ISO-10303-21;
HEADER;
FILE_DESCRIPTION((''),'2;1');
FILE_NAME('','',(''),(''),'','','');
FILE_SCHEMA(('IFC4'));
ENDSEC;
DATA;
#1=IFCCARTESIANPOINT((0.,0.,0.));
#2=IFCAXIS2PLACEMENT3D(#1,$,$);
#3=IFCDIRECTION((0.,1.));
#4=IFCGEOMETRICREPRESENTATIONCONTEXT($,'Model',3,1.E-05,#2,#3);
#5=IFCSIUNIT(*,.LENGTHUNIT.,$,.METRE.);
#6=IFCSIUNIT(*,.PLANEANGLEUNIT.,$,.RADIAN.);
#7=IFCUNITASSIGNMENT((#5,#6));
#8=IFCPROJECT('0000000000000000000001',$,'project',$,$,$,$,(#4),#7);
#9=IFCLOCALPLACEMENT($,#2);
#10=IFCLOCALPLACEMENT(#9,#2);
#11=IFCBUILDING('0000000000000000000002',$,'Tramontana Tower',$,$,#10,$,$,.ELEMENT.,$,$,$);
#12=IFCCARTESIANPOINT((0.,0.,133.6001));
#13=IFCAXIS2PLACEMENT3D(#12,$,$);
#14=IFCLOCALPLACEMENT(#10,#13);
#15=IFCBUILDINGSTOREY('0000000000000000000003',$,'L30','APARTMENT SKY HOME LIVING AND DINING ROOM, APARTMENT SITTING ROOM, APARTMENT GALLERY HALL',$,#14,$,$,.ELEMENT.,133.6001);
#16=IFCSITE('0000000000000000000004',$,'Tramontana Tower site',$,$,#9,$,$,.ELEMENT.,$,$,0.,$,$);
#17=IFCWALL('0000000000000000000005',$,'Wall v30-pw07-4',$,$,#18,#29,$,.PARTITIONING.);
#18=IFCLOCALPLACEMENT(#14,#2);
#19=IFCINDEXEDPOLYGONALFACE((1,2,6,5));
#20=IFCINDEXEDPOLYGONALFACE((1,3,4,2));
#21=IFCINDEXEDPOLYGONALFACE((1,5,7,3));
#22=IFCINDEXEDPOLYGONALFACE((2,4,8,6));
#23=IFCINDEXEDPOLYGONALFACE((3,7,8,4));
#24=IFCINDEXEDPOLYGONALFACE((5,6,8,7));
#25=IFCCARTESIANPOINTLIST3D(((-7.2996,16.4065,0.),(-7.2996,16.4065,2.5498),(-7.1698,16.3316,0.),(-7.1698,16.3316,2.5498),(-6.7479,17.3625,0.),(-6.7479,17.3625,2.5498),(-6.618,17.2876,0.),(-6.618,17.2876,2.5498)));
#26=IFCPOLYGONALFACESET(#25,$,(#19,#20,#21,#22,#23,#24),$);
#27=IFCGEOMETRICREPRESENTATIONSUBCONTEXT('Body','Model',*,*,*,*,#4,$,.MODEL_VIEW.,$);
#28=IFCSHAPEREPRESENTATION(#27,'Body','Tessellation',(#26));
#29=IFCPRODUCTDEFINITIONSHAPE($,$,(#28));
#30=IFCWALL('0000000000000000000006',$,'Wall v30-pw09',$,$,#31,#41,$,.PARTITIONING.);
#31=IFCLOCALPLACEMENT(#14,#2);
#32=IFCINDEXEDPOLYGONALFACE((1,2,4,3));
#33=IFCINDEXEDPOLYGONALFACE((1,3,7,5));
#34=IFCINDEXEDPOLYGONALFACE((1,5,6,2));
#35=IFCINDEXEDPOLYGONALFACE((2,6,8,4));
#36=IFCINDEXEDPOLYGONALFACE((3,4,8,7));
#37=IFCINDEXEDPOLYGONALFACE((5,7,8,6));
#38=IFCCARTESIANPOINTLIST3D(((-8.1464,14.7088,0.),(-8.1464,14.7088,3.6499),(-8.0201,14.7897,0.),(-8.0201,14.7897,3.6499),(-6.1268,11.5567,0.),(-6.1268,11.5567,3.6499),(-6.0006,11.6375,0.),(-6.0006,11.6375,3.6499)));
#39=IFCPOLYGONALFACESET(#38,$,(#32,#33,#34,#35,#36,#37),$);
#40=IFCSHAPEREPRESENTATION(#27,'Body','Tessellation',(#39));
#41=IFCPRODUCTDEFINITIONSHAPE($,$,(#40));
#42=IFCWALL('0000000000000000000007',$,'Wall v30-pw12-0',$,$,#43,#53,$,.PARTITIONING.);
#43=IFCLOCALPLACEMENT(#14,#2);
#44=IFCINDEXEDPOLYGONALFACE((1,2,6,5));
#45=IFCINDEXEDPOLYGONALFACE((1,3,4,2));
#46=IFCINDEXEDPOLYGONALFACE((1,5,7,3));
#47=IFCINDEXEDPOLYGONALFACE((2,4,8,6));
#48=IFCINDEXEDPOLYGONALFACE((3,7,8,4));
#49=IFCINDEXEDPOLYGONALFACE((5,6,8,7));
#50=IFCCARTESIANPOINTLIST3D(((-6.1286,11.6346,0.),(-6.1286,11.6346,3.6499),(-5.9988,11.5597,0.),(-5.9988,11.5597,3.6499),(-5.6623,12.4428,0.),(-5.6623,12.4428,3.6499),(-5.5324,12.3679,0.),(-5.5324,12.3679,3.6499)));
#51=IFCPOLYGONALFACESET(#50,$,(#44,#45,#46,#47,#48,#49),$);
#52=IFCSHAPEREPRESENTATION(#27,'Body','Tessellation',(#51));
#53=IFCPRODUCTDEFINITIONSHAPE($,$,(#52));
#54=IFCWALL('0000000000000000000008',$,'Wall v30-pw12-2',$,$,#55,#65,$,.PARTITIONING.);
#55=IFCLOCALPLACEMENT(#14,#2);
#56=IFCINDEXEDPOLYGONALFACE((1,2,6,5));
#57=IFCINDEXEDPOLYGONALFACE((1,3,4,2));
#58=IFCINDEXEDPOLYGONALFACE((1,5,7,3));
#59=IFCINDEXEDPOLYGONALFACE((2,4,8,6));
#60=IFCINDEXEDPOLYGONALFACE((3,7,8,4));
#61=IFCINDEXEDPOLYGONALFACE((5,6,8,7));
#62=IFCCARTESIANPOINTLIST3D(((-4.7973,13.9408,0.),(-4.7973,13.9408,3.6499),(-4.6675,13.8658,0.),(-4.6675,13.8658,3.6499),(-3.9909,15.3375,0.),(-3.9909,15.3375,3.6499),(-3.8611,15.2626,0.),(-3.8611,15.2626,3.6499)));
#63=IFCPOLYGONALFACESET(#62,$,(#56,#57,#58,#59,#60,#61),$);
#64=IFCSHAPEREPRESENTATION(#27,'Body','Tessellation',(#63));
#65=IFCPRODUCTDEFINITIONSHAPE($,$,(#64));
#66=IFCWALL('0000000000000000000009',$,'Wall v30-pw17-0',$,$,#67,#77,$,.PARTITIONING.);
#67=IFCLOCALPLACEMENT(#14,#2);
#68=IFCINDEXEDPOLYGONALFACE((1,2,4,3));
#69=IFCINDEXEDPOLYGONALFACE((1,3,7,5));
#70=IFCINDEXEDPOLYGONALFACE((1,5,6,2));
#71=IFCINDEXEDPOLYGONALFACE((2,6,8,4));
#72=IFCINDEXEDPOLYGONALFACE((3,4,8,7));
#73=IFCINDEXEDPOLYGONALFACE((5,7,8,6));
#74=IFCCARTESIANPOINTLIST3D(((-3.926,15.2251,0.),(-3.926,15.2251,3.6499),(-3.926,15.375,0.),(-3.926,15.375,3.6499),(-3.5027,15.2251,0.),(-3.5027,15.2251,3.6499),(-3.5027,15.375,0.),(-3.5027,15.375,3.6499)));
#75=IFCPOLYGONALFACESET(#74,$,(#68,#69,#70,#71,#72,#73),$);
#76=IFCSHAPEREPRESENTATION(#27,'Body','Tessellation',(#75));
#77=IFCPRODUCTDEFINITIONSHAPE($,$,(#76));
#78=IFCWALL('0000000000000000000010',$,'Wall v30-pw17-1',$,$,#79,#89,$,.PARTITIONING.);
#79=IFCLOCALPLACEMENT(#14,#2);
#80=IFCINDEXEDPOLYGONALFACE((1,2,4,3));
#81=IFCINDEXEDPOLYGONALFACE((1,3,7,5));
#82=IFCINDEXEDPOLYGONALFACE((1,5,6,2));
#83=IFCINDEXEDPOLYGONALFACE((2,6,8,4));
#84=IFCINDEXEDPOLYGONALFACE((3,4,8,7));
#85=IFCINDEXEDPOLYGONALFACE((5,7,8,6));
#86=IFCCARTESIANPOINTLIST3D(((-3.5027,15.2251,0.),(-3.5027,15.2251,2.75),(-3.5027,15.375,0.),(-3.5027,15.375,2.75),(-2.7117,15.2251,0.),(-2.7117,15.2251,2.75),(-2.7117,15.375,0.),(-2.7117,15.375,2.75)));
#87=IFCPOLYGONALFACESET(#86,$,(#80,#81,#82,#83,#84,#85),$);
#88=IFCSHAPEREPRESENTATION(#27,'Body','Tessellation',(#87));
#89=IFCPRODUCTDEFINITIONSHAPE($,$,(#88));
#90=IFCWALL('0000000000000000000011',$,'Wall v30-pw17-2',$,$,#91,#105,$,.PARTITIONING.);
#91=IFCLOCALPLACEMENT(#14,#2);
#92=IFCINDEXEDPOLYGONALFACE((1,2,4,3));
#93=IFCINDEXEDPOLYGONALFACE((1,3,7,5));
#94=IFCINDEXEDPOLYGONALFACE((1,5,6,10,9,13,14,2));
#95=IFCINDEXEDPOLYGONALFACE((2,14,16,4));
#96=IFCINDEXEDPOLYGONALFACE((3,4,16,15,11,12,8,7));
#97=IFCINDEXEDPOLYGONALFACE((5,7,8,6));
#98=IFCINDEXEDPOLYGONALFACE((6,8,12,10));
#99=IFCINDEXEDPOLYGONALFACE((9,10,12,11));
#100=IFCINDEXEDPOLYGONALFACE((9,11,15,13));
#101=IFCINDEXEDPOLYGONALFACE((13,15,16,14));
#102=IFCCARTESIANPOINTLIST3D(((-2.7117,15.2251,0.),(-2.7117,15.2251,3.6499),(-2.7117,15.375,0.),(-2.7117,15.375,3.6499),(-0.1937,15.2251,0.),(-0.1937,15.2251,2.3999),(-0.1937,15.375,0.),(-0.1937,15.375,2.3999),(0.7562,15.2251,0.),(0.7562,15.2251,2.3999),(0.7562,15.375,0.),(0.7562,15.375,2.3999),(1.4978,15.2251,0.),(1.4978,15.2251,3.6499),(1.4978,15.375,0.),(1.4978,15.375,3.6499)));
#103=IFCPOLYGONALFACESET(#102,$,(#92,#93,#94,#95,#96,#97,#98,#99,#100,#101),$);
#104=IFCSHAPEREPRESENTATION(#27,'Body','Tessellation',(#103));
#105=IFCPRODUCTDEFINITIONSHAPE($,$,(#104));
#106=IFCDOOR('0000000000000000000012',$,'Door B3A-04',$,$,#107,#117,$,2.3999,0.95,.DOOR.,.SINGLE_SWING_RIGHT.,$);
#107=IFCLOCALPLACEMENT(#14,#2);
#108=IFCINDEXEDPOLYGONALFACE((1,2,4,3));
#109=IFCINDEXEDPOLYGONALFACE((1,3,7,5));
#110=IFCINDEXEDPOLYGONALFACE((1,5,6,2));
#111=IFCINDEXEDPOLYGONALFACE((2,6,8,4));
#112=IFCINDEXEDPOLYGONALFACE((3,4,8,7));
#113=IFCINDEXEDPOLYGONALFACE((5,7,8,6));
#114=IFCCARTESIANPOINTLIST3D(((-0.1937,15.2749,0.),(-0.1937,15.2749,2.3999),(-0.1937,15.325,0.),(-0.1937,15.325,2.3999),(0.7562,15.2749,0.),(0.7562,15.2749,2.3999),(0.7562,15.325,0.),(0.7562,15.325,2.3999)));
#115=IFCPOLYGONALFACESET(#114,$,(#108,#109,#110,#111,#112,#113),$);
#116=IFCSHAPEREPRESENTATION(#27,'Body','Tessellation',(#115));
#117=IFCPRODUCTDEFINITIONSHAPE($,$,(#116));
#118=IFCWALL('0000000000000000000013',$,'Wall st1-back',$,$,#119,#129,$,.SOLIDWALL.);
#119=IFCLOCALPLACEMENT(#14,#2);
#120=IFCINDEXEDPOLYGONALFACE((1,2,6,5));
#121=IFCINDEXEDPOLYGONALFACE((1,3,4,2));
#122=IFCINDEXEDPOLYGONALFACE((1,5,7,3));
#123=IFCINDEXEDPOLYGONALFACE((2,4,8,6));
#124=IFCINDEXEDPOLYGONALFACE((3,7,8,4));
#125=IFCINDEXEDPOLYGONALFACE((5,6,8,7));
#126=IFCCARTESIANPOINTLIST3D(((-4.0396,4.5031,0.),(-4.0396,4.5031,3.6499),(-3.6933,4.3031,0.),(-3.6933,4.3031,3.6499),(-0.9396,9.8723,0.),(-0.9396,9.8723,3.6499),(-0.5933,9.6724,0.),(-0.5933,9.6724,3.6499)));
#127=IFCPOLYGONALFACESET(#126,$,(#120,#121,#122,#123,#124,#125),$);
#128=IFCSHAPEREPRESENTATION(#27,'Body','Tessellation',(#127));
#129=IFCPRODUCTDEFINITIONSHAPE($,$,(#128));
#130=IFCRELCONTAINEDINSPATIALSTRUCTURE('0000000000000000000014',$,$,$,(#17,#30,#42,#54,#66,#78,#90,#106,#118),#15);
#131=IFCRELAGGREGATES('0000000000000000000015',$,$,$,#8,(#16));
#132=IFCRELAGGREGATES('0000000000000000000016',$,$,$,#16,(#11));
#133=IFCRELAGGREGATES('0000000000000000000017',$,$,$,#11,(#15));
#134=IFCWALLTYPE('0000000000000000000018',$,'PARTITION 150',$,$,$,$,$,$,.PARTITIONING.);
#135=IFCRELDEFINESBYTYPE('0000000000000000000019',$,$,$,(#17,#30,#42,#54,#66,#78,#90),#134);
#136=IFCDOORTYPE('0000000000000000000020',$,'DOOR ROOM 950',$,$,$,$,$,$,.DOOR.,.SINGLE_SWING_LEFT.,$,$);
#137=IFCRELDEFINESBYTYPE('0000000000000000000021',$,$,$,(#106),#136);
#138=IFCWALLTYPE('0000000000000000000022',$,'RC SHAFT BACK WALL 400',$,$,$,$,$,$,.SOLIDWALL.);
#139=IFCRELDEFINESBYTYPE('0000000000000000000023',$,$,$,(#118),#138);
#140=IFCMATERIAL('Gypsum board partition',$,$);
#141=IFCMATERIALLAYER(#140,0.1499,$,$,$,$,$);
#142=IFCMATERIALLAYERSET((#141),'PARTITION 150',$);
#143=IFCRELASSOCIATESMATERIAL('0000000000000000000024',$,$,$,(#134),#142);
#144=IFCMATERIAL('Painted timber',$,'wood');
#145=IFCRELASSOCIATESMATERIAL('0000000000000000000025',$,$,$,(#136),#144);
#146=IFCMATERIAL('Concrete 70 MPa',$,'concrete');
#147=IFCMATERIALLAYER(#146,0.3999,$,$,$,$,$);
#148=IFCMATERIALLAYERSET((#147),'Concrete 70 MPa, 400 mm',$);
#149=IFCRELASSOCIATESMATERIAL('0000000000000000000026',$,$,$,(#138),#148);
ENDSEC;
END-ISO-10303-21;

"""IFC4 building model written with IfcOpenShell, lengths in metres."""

from ifc_helpers import new_model, si_unit, direction, frame, frame_2d, origin, place, context, subcontext, project, spatial, rectangle, extrude, material, layer, layer_set, type_object, element, fill, save


model = new_model("IFC4")

# Units and contexts
model_context = context("Model", 3, precision=1e-05, world=origin(), true_north=direction((0.0, 1.0)))
body_context = subcontext(model_context, "Body", "Model", "MODEL_VIEW")
ifc_project = project(units=[si_unit("LENGTHUNIT", "METRE"), si_unit("PLANEANGLEUNIT", "RADIAN")], contexts=[model_context])

# Site, building, storey
site_placement = place(None, origin())
site = spatial("IfcSite", under=ifc_project, at=site_placement, Name="Tramontana Tower site", CompositionType="ELEMENT", RefElevation=0.0)
building_placement = place(site_placement, origin())
building = spatial("IfcBuilding", under=site, at=building_placement, Name="Tramontana Tower", CompositionType="ELEMENT")
storey_placement = place(building_placement, frame((0.0, 0.0, 133.6001)))
storey = spatial("IfcBuildingStorey", under=building, at=storey_placement, Name="L30", Description="APARTMENT SKY HOME LIVING AND DINING ROOM, APARTMENT SITTING ROOM, APARTMENT GALLERY HALL", CompositionType="ELEMENT", Elevation=133.6001)

# Shared definitions
ifc_material_1 = material(Name="Gypsum board partition")
ifc_layer_1 = layer(ifc_material_1, 0.1499)
ifc_layer_set_1 = layer_set([ifc_layer_1], Name="PARTITION 150")
wall_type_1 = type_object("IfcWallType", Name="PARTITION 150", PredefinedType="PARTITIONING", material=ifc_layer_set_1)

# Shared definitions
ifc_material_2 = material(Name="Painted timber", Category="wood")
door_type_1 = type_object("IfcDoorType", Name="DOOR ROOM 950", OperationType="SINGLE_SWING_LEFT", PredefinedType="DOOR", material=ifc_material_2)

# Walls
wall_1_placement = place(storey_placement, frame((-7.2346, 16.3691, 0.0), z_axis=(0.0, 0.0, 1.0), x_axis=(0.49985, 0.866112, 0.0)))
element("IfcWall", 1, at=wall_1_placement, inside=storey, type_object=wall_type_1, Name="Wall v30-pw07-4", PredefinedType="PARTITIONING", context=body_context, shape_type="SweptSolid", body=[
    extrude(rectangle(XDim=1.1038, YDim=0.1499, at=frame_2d((0.5518, 0.0))), origin(), (0.0, 0.0, 1.0), 2.5498),
])
wall_2_placement = place(storey_placement, frame((-8.0833, 14.7493, 0.0), z_axis=(0.0, 0.0, 1.0), x_axis=(0.539468, -0.842006, 0.0)))
element("IfcWall", 2, at=wall_2_placement, inside=storey, type_object=wall_type_1, Name="Wall v30-pw09", PredefinedType="PARTITIONING", context=body_context, shape_type="SweptSolid", body=[
    extrude(rectangle(XDim=3.7437, YDim=0.1499, at=frame_2d((1.8718, 0.0))), origin(), (0.0, 0.0, 1.0), 3.6499),
])
wall_3_placement = place(storey_placement, frame((-6.0637, 11.5972, 0.0), z_axis=(0.0, 0.0, 1.0), x_axis=(0.499798, 0.866142, 0.0)))
element("IfcWall", 3, at=wall_3_placement, inside=storey, type_object=wall_type_1, Name="Wall v30-pw12-0", PredefinedType="PARTITIONING", context=body_context, shape_type="SweptSolid", body=[
    extrude(rectangle(XDim=0.9331, YDim=0.1499, at=frame_2d((0.4666, 0.0))), origin(), (0.0, 0.0, 1.0), 3.6499),
])

# Walls
wall_4_placement = place(storey_placement, frame((-4.7324, 13.9033, 0.0), z_axis=(0.0, 0.0, 1.0), x_axis=(0.499998, 0.866027, 0.0)))
element("IfcWall", 4, at=wall_4_placement, inside=storey, type_object=wall_type_1, Name="Wall v30-pw12-2", PredefinedType="PARTITIONING", context=body_context, shape_type="SweptSolid", body=[
    extrude(rectangle(XDim=1.6128, YDim=0.1499, at=frame_2d((0.8064, 0.0))), origin(), (0.0, 0.0, 1.0), 3.6499),
])
wall_5_placement = place(storey_placement, frame((-3.926, 15.3, 0.0), z_axis=(0.0, 0.0, 1.0), x_axis=(1.0, 0.0, 0.0)))
element("IfcWall", 5, at=wall_5_placement, inside=storey, type_object=wall_type_1, Name="Wall v30-pw17-0", PredefinedType="PARTITIONING", context=body_context, shape_type="SweptSolid", body=[
    extrude(rectangle(XDim=0.4233, YDim=0.1499, at=frame_2d((0.2117, 0.0))), origin(), (0.0, 0.0, 1.0), 3.6499),
])
wall_6_placement = place(storey_placement, frame((-3.5027, 15.3, 0.0), z_axis=(0.0, 0.0, 1.0), x_axis=(1.0, 0.0, 0.0)))
element("IfcWall", 6, at=wall_6_placement, inside=storey, type_object=wall_type_1, Name="Wall v30-pw17-1", PredefinedType="PARTITIONING", context=body_context, shape_type="SweptSolid", body=[
    extrude(rectangle(XDim=0.791, YDim=0.1499, at=frame_2d((0.3955, 0.0))), origin(), (0.0, 0.0, 1.0), 2.75),
])

# Wall, opening, door
wall_7_placement = place(storey_placement, frame((-2.7117, 15.3, 0.0), z_axis=(0.0, 0.0, 1.0), x_axis=(1.0, 0.0, 0.0)))
wall_7 = element("IfcWall", 7, at=wall_7_placement, inside=storey, type_object=wall_type_1, Name="Wall v30-pw17-2", PredefinedType="PARTITIONING", context=body_context, shape_type="SweptSolid", body=[
    extrude(rectangle(XDim=4.2095, YDim=0.1499, at=frame_2d((2.1047, 0.0))), origin(), (0.0, 0.0, 1.0), 3.6499),
])
opening_1_placement = place(wall_7_placement, frame((2.5178, 0.0, 0.0)))
opening_1 = element("IfcOpeningElement", 8, at=opening_1_placement, cuts=wall_7, PredefinedType="OPENING", context=body_context, shape_type="SweptSolid", body=[
    extrude(rectangle(XDim=0.95, YDim=2.3999, at=frame_2d((0.4751, 1.2))), frame((0.0, 0.085, 0.0), z_axis=(0.0, -1.0, 0.0), x_axis=(1.0, 0.0, 0.0)), (0.0, 0.0, 1.0), 0.1699),
])
door_1_placement = place(opening_1_placement, origin())
door_1 = element("IfcDoor", 9, at=door_1_placement, inside=storey, type_object=door_type_1, Name="Door B3A-04", OperationType="SINGLE_SWING_RIGHT", OverallHeight=2.3999, OverallWidth=0.95, PredefinedType="DOOR", context=body_context, shape_type="SweptSolid", body=[
    extrude(rectangle(XDim=0.95, YDim=2.3999, at=frame_2d((0.4751, 1.2))), frame((0.0, 0.0249, 0.0), z_axis=(0.0, -1.0, 0.0), x_axis=(1.0, 0.0, 0.0)), (0.0, 0.0, 1.0), 0.05),
])
fill(opening_1, door_1)

# Wall
ifc_material_3 = material(Name="Concrete 70 MPa", Category="concrete")
ifc_layer_2 = layer(ifc_material_3, 0.3999)
ifc_layer_set_2 = layer_set([ifc_layer_2], Name="Concrete 70 MPa, 400 mm")
wall_type_2 = type_object("IfcWallType", Name="RC SHAFT BACK WALL 400", PredefinedType="SOLIDWALL", material=ifc_layer_set_2)
wall_8_placement = place(storey_placement, frame((-0.7664, 9.7725, 0.0), z_axis=(0.0, 0.0, 1.0), x_axis=(-0.50001, -0.86602, 0.0)))
element("IfcWall", 10, at=wall_8_placement, inside=storey, type_object=wall_type_2, Name="Wall st1-back", PredefinedType="SOLIDWALL", context=body_context, shape_type="SweptSolid", body=[
    extrude(rectangle(XDim=6.2, YDim=0.3999, at=frame_2d((3.1001, 0.0))), origin(), (0.0, 0.0, 1.0), 3.6499),
])

save(model, "model.ifc")
